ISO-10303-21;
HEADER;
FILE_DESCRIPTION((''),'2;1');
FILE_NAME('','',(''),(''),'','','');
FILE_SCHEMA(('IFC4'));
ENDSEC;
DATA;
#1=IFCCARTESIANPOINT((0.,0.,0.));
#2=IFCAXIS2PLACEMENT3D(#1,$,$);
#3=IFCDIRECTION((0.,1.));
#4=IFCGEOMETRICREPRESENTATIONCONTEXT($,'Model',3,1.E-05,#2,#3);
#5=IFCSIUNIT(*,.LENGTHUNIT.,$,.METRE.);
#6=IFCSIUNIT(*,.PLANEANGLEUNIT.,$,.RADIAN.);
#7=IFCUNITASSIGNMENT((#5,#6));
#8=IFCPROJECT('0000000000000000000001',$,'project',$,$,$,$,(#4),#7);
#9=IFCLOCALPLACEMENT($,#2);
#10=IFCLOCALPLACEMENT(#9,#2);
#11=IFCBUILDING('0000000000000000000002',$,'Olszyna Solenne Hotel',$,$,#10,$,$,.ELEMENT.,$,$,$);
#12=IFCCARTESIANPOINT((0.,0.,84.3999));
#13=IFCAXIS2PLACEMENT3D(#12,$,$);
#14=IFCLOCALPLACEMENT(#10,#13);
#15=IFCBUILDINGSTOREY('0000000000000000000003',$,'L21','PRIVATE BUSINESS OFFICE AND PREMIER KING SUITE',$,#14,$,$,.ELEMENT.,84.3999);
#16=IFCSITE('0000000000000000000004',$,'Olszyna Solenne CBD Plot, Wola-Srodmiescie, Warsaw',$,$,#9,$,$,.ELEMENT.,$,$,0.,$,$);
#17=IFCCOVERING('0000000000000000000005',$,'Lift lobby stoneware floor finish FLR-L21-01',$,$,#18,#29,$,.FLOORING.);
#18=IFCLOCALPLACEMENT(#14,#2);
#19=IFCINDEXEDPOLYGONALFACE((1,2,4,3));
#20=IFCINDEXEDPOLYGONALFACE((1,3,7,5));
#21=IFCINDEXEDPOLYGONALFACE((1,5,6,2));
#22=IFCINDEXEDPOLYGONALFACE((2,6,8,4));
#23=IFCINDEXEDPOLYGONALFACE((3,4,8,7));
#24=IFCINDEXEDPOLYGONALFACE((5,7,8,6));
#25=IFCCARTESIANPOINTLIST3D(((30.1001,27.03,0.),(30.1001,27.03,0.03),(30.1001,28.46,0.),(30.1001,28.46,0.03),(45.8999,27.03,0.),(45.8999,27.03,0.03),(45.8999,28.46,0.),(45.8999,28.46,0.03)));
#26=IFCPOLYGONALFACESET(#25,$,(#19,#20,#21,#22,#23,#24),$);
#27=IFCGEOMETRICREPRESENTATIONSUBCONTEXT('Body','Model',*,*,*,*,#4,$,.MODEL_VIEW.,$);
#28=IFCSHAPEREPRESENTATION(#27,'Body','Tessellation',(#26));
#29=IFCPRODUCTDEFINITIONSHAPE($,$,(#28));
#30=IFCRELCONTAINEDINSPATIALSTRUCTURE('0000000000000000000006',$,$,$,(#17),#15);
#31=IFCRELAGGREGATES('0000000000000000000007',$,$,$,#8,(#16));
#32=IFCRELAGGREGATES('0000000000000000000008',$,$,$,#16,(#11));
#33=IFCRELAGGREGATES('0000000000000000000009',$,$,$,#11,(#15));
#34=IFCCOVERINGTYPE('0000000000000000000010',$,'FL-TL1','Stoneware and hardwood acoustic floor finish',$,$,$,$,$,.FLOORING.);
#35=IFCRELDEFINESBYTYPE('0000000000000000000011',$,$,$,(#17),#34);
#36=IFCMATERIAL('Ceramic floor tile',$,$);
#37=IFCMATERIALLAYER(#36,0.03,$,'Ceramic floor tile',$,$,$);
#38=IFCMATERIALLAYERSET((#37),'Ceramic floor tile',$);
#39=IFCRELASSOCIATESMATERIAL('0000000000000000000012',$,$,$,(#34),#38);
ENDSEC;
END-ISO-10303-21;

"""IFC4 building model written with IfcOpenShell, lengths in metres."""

from ifc_helpers import new_model, si_unit, direction, frame, origin, place, context, subcontext, project, spatial, polyline, outline, extrude, material, layer, layer_set, type_object, element, save


model = new_model("IFC4")

# Units and contexts
model_context = context("Model", 3, precision=1e-05, world=origin(), true_north=direction((0.0, 1.0)))
body_context = subcontext(model_context, "Body", "Model", "MODEL_VIEW")
ifc_project = project(units=[si_unit("LENGTHUNIT", "METRE"), si_unit("PLANEANGLEUNIT", "RADIAN")], contexts=[model_context])

# Site, building, storey
site_placement = place(None, origin())
site = spatial("IfcSite", under=ifc_project, at=site_placement, Name="Olszyna Solenne CBD Plot, Wola-Srodmiescie, Warsaw", CompositionType="ELEMENT", RefElevation=0.0)
building_placement = place(site_placement, origin())
building = spatial("IfcBuilding", under=site, at=building_placement, Name="Olszyna Solenne Hotel", CompositionType="ELEMENT")
storey_placement = place(building_placement, frame((0.0, 0.0, 84.3999)))
storey = spatial("IfcBuildingStorey", under=building, at=storey_placement, Name="L21", Description="PRIVATE BUSINESS OFFICE AND PREMIER KING SUITE", CompositionType="ELEMENT", Elevation=84.3999)

# Covering
ifc_material_1 = material(Name="Ceramic floor tile")
ifc_layer_1 = layer(ifc_material_1, 0.03, Name="Ceramic floor tile")
ifc_layer_set_1 = layer_set([ifc_layer_1], Name="Ceramic floor tile")
covering_type_1 = type_object("IfcCoveringType", Name="FL-TL1", Description="Stoneware and hardwood acoustic floor finish", PredefinedType="FLOORING", material=ifc_layer_set_1)
covering_1_placement = place(storey_placement, origin())
element("IfcCovering", 1, at=covering_1_placement, inside=storey, type_object=covering_type_1, Name="Lift lobby stoneware floor finish FLR-L21-01", PredefinedType="FLOORING", context=body_context, shape_type="SweptSolid", body=[
    extrude(outline(polyline([(30.1001, 27.03), (45.8999, 27.03), (45.8999, 28.46), (30.1001, 28.46), (30.1001, 27.03)])), origin(), (0.0, 0.0, 1.0), 0.03),
])

save(model, "model.ifc")
